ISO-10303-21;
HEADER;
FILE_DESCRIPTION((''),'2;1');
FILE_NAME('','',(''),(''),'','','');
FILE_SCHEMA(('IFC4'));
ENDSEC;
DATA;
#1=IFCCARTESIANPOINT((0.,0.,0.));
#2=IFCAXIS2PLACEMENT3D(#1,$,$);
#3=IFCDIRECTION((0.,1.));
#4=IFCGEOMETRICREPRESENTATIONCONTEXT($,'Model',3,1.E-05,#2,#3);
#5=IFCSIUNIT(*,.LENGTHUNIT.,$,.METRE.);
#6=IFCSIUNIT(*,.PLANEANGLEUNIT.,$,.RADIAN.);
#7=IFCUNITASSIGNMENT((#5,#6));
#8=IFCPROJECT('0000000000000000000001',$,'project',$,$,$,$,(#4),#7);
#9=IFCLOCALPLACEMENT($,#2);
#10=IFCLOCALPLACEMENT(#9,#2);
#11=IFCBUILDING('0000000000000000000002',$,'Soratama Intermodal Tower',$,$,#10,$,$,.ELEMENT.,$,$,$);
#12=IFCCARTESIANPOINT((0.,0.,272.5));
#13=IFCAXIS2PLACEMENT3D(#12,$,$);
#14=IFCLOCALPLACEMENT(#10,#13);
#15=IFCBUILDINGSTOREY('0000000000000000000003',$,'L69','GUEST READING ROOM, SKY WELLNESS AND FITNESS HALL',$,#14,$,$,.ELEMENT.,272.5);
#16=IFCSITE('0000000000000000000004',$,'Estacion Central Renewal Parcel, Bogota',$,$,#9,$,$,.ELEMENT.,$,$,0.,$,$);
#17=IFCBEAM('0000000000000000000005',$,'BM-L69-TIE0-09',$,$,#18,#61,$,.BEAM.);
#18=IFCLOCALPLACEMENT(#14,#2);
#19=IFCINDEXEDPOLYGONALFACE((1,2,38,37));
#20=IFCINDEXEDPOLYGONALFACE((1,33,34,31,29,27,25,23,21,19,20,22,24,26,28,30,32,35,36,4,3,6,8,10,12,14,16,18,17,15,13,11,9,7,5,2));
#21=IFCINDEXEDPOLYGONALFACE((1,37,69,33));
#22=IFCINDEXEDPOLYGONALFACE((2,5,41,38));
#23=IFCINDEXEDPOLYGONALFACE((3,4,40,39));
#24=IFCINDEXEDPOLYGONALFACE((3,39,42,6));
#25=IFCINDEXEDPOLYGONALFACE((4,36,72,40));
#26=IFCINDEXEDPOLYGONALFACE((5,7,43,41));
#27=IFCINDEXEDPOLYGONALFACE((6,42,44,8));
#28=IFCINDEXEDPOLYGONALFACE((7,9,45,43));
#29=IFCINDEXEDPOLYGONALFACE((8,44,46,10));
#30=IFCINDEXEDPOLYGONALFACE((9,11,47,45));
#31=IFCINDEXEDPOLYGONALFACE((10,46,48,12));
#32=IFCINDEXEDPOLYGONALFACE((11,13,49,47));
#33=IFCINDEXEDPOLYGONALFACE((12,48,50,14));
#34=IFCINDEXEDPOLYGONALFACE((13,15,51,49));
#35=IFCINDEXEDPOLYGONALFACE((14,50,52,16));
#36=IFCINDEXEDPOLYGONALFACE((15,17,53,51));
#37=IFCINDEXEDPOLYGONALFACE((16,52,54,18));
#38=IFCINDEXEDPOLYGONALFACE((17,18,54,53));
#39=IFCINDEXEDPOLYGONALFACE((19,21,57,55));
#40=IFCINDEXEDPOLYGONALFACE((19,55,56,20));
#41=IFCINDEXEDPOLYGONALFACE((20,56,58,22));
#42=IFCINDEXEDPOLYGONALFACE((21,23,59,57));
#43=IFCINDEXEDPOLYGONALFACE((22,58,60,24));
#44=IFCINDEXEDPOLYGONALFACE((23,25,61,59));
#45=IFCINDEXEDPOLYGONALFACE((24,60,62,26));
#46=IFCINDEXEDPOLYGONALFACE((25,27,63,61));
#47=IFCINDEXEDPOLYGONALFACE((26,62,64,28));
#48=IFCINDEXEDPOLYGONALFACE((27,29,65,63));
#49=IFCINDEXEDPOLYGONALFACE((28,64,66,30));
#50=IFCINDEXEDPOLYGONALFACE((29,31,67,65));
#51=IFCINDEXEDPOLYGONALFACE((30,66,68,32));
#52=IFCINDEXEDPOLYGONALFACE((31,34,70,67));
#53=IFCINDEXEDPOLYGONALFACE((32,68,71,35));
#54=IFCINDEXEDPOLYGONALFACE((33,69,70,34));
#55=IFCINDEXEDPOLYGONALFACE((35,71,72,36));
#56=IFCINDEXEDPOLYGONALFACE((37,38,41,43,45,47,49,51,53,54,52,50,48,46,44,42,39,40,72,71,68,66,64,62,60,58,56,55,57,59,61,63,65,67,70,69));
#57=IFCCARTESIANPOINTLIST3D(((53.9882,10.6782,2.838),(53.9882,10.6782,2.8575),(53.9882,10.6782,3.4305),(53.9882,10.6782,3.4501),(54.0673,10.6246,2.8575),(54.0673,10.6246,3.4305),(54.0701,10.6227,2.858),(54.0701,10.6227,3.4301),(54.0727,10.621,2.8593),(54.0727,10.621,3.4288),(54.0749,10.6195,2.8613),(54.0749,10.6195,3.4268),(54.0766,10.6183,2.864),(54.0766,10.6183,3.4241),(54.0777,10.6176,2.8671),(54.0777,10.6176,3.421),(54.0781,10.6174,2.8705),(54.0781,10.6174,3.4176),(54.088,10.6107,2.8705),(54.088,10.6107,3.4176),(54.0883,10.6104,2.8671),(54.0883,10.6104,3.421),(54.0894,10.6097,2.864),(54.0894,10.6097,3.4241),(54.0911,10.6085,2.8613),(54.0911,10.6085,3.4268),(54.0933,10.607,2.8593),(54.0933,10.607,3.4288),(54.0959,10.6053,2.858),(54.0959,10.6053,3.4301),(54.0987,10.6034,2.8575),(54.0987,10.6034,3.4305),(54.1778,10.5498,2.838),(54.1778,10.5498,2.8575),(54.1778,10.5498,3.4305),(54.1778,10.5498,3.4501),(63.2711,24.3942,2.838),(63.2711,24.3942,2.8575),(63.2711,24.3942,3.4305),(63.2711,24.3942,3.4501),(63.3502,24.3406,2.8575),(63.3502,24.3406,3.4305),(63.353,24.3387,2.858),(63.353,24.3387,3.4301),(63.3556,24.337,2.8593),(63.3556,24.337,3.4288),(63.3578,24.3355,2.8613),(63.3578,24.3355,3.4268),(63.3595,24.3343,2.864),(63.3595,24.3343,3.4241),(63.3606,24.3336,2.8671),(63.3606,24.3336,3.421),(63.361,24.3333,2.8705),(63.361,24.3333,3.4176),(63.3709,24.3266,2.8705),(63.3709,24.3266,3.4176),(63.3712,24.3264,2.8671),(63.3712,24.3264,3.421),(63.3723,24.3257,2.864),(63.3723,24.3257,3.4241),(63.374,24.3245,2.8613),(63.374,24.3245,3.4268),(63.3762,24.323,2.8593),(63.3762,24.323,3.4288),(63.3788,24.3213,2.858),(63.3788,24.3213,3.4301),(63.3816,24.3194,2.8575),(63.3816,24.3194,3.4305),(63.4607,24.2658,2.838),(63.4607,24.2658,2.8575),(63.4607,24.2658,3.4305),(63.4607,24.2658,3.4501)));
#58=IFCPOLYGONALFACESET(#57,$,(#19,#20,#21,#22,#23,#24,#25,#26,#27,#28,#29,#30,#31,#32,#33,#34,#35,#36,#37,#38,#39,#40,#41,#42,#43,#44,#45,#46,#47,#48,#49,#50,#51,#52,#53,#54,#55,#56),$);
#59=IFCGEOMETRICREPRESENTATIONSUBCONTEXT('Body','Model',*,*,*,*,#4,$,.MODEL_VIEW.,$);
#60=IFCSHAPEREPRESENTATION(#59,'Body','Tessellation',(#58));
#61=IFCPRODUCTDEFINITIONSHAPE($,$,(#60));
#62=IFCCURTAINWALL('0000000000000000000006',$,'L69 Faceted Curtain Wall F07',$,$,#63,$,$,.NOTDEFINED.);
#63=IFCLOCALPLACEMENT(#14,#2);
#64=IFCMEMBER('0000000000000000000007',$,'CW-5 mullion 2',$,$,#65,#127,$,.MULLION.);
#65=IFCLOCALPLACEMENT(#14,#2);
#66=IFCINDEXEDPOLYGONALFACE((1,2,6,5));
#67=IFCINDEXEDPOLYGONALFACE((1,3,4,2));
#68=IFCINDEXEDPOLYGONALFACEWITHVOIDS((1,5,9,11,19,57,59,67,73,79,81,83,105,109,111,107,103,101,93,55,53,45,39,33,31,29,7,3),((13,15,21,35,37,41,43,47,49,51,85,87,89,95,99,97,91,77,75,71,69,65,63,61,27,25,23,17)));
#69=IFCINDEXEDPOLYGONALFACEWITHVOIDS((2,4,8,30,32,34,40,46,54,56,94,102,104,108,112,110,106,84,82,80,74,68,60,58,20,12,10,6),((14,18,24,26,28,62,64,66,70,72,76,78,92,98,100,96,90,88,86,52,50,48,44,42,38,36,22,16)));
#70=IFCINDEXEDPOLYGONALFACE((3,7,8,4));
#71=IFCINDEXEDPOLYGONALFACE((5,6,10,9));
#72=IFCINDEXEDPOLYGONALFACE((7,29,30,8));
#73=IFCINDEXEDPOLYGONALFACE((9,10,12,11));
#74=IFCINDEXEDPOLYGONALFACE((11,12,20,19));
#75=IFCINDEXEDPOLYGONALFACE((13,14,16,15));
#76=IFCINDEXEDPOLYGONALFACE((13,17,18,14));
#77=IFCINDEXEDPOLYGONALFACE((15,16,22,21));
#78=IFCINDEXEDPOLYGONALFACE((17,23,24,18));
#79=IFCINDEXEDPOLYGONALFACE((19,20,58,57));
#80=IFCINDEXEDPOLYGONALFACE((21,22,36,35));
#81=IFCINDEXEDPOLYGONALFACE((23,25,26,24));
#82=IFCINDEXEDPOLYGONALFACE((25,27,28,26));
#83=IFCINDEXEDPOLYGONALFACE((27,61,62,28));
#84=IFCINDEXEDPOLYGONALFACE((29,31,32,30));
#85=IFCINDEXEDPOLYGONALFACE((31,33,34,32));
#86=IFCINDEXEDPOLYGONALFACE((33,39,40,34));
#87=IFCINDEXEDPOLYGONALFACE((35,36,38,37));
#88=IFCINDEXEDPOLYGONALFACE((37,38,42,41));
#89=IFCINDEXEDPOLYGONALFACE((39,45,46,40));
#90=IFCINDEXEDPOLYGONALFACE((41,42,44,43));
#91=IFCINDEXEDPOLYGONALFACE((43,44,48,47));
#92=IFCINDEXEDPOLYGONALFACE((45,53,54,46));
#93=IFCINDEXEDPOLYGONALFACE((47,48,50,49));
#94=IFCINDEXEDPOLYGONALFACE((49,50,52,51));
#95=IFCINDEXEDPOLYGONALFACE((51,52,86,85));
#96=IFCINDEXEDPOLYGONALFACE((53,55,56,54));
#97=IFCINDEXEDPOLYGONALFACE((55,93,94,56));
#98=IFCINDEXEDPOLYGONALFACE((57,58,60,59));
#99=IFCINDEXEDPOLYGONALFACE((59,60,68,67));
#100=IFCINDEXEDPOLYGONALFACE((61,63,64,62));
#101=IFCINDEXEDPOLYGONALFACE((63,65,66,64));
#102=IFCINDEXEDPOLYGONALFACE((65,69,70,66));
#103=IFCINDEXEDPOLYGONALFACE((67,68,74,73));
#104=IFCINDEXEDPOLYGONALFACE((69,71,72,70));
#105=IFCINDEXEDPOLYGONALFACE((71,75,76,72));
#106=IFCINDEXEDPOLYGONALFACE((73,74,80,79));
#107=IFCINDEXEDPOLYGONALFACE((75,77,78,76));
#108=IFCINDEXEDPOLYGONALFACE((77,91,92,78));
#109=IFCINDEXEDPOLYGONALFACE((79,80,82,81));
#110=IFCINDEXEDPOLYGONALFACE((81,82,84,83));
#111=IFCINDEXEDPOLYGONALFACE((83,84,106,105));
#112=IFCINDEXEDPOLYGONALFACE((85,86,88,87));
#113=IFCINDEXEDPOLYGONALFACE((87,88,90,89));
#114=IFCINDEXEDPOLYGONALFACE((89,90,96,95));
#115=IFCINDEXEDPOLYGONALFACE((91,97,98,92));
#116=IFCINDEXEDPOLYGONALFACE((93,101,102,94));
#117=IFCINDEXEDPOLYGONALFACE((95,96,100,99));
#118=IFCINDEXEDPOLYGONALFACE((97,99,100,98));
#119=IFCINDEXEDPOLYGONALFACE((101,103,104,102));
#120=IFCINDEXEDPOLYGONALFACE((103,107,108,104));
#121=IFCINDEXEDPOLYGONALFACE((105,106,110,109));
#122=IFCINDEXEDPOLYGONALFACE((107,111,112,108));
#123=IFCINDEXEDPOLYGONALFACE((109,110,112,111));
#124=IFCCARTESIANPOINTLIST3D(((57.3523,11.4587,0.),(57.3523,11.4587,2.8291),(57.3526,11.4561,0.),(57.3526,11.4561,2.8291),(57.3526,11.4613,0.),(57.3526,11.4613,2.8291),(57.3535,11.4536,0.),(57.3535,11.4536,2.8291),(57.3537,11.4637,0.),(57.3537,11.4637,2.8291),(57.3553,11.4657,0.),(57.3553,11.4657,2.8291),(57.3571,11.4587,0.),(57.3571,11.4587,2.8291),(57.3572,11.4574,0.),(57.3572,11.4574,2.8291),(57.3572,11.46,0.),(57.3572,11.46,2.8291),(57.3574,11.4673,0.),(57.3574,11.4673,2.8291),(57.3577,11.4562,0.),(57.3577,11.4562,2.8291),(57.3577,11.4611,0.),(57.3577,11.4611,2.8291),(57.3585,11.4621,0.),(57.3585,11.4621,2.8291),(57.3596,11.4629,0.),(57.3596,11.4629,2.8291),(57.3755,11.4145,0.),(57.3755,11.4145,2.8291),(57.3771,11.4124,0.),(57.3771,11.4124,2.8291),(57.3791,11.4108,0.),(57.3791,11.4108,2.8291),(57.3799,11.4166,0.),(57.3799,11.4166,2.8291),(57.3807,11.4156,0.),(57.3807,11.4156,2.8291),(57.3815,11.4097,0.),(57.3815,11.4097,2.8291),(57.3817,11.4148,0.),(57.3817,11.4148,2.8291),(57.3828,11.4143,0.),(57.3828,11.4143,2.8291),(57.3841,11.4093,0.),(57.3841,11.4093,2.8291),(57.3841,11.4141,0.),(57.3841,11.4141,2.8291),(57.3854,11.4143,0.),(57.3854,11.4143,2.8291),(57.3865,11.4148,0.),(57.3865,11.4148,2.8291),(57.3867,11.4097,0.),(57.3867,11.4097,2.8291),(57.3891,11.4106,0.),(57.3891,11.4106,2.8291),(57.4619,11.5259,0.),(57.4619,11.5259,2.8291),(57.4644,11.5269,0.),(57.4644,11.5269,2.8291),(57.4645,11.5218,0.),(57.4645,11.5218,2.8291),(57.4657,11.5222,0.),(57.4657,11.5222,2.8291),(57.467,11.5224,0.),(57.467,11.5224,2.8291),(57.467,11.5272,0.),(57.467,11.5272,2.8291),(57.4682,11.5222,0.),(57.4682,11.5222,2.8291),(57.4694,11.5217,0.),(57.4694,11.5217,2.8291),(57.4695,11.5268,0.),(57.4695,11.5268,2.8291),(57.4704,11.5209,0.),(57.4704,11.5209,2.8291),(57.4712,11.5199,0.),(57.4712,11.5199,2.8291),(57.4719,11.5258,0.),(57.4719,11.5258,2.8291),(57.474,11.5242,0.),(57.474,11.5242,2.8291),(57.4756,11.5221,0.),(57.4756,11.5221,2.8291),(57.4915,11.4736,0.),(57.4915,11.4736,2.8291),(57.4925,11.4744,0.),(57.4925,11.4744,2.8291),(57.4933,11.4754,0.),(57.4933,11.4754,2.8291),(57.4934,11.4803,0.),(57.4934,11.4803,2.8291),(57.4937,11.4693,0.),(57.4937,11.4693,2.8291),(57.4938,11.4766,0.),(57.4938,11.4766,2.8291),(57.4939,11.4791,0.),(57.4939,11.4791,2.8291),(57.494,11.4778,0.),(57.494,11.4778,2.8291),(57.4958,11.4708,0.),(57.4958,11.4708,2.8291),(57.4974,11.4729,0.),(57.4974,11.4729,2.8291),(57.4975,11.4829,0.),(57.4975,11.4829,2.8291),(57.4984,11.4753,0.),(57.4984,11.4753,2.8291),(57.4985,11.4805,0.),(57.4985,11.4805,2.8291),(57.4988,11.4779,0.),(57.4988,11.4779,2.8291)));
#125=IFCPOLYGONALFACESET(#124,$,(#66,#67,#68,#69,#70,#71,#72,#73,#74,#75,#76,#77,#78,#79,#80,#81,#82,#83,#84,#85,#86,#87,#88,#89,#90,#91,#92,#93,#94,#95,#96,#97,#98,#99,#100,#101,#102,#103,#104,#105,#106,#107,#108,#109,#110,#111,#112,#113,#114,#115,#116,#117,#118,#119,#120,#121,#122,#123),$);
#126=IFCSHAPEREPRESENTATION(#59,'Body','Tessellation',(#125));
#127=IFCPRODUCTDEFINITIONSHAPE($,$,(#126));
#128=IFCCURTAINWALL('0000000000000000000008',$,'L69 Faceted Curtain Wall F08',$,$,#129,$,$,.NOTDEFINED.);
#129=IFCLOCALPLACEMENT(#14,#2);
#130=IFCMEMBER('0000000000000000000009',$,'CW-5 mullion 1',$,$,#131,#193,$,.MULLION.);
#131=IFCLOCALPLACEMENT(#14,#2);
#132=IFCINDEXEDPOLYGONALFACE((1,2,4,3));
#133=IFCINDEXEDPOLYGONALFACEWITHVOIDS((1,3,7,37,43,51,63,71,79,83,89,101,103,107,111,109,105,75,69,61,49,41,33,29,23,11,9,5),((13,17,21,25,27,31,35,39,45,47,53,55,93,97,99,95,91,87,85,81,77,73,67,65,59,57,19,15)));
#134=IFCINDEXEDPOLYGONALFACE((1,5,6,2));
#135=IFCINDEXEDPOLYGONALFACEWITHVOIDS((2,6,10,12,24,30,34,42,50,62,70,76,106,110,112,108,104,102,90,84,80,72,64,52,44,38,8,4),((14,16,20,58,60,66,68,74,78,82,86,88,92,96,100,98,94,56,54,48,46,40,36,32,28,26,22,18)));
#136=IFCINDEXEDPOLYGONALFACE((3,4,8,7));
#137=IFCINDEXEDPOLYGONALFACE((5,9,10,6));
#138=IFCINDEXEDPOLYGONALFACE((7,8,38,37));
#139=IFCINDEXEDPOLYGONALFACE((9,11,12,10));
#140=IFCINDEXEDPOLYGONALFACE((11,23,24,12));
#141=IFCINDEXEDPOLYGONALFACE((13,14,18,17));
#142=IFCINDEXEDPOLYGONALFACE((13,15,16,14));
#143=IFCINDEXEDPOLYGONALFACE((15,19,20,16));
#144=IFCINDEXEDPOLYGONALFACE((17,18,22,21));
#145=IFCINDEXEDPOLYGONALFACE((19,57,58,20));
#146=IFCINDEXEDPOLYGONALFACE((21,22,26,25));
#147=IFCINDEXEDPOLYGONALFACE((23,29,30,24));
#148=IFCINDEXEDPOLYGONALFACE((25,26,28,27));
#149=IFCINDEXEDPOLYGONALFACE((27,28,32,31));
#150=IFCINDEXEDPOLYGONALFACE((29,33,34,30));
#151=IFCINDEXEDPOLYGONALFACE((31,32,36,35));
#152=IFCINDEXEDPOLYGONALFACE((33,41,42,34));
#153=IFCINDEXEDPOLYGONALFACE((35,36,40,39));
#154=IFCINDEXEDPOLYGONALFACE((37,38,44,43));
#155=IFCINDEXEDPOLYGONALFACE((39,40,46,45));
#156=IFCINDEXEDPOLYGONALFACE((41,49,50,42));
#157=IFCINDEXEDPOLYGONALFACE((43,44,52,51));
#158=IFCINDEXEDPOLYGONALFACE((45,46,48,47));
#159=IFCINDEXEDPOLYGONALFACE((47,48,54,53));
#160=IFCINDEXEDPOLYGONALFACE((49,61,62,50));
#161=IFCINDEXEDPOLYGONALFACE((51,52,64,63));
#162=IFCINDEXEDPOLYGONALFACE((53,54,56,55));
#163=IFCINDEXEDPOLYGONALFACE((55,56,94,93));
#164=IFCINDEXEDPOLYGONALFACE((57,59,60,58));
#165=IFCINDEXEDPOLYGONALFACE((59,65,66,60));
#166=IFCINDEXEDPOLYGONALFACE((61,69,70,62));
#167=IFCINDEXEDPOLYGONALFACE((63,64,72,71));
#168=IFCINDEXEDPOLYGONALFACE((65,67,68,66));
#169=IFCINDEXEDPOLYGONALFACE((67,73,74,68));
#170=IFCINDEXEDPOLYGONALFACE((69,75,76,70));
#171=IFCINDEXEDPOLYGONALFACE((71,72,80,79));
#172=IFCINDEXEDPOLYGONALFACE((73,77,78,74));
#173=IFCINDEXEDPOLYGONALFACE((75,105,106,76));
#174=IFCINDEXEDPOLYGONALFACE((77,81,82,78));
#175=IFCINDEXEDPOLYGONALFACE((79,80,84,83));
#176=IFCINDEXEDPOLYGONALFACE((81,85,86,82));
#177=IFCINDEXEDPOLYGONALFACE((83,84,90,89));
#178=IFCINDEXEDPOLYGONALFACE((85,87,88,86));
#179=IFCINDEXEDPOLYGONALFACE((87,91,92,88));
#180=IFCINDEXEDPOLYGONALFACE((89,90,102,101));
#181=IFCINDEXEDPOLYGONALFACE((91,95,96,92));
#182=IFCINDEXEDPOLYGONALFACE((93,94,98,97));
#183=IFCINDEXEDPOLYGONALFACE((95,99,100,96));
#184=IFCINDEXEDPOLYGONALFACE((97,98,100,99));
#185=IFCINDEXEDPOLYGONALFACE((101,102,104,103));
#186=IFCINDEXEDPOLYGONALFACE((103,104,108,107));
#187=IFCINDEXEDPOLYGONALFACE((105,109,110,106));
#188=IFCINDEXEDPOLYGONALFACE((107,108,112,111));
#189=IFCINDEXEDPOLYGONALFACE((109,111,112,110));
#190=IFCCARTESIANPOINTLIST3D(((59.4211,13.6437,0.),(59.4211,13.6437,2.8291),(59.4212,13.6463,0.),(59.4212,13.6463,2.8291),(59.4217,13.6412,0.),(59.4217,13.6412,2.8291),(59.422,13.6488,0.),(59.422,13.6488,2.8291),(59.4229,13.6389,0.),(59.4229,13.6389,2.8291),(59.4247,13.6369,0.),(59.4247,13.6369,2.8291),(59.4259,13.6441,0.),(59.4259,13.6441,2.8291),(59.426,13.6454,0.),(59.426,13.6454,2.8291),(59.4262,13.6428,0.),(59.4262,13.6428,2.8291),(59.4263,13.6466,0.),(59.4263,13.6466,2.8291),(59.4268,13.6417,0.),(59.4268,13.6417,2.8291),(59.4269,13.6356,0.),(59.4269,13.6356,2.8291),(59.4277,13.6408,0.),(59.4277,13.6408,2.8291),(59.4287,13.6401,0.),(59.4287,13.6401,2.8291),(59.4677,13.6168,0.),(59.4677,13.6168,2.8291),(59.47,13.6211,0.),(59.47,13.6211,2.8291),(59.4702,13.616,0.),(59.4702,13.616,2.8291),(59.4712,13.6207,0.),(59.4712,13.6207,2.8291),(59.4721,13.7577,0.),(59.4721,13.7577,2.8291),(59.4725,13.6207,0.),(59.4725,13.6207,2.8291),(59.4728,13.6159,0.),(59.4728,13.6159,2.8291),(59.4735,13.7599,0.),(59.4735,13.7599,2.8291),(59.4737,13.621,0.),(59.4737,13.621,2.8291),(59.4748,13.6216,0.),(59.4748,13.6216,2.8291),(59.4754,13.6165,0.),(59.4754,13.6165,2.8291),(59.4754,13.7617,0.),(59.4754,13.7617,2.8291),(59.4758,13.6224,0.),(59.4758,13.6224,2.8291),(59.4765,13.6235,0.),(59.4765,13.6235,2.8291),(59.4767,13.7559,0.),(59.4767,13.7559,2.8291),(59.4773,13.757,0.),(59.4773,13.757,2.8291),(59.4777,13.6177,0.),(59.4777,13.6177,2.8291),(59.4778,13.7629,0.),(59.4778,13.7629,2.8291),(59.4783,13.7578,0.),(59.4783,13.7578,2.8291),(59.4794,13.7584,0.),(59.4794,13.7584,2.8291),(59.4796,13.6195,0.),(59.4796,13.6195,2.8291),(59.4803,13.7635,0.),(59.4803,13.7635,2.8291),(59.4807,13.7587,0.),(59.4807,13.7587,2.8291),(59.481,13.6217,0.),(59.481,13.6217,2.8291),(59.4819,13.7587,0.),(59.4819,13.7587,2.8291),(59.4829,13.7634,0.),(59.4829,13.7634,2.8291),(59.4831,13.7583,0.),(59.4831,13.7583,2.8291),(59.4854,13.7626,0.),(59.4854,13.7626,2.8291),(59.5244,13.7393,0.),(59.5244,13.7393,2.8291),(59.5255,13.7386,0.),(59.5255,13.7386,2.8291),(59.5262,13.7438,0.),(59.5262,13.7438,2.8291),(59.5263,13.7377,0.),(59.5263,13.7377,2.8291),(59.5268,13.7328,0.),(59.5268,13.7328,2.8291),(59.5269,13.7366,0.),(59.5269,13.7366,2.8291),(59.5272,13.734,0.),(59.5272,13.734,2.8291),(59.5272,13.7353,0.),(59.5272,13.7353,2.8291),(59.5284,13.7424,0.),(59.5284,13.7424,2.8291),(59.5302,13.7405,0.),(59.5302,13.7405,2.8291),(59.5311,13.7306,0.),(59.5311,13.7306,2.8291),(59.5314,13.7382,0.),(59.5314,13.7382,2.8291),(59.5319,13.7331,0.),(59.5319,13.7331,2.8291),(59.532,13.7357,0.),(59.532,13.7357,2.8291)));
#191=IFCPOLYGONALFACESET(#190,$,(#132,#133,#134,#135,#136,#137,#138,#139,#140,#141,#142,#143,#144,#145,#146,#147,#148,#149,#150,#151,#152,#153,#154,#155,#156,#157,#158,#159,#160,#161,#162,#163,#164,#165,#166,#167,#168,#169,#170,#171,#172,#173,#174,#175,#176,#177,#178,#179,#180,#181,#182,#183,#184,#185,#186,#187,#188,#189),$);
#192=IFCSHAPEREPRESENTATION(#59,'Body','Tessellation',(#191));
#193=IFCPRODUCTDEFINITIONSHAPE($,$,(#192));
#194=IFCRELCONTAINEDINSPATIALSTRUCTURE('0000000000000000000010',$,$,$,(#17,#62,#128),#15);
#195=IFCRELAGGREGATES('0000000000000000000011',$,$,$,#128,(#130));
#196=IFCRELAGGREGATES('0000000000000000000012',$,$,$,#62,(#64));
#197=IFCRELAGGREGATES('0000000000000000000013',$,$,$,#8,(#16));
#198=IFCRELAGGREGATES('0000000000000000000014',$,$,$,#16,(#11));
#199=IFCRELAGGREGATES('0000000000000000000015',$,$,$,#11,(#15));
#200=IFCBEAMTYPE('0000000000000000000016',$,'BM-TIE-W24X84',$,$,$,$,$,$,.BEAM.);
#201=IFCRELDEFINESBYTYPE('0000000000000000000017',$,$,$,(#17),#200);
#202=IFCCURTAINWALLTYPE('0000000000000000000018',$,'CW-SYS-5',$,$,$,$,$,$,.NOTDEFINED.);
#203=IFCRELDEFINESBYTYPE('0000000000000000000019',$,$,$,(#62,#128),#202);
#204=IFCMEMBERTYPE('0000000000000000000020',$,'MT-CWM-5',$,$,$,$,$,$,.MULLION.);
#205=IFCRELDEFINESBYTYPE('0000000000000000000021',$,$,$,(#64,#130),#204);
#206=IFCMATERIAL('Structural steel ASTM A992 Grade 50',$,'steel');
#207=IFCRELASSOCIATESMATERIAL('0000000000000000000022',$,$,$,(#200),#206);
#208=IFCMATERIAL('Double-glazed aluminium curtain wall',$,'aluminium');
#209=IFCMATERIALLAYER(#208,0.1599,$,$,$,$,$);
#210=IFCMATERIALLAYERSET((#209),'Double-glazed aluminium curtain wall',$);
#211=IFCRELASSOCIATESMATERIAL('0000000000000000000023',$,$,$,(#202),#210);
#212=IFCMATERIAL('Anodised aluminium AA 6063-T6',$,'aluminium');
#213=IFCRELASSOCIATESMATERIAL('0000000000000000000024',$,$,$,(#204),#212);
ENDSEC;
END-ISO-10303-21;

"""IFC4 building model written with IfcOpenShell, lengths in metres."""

from ifc_helpers import new_model, si_unit, direction, frame, origin, origin_2d, place, context, subcontext, project, spatial, hollow_rectangle, i_section, extrude, material, layer, layer_set, material_profile, profile_set, type_object, element, aggregate, save


model = new_model("IFC4")

# Units and contexts
model_context = context("Model", 3, precision=1e-05, world=origin(), true_north=direction((0.0, 1.0)))
body_context = subcontext(model_context, "Body", "Model", "MODEL_VIEW")
ifc_project = project(units=[si_unit("LENGTHUNIT", "METRE"), si_unit("PLANEANGLEUNIT", "RADIAN")], contexts=[model_context])

# Site, building, storey
site_placement = place(None, origin())
site = spatial("IfcSite", under=ifc_project, at=site_placement, Name="Estacion Central Renewal Parcel, Bogota", CompositionType="ELEMENT", RefElevation=0.0)
building_placement = place(site_placement, origin())
building = spatial("IfcBuilding", under=site, at=building_placement, Name="Soratama Intermodal Tower", CompositionType="ELEMENT")
storey_placement = place(building_placement, frame((0.0, 0.0, 272.5)))
storey = spatial("IfcBuildingStorey", under=building, at=storey_placement, Name="L69", Description="GUEST READING ROOM, SKY WELLNESS AND FITNESS HALL", CompositionType="ELEMENT", Elevation=272.5)

# Beam
ifc_material_1 = material(Name="Structural steel ASTM A992 Grade 50", Category="steel")
ifc_material_profile_1 = material_profile(ifc_material_1, i_section(OverallWidth=0.229, OverallDepth=0.6121, WebThickness=0.012, FlangeThickness=0.0195, FilletRadius=0.0129, at=origin_2d()), Name="W24X84")
ifc_profile_set_1 = profile_set([ifc_material_profile_1], Name="Structural steel ASTM A992 Grade 50")
beam_type_1 = type_object("IfcBeamType", Name="BM-TIE-W24X84", PredefinedType="BEAM", material=ifc_profile_set_1)
beam_1_placement = place(storey_placement, frame((54.083, 10.614, 3.144), z_axis=(0.560493, 0.828159, 0.0), x_axis=(-0.828159, 0.560493, 0.0)))
element("IfcBeam", 1, at=beam_1_placement, inside=storey, type_object=beam_type_1, Name="BM-L69-TIE0-09", PredefinedType="BEAM", context=body_context, shape_type="SweptSolid", body=[
    extrude(i_section(OverallWidth=0.229, OverallDepth=0.6121, WebThickness=0.012, FlangeThickness=0.0195, FilletRadius=0.0129, at=origin_2d()), origin(), (0.0, 0.0, 1.0), 16.562),
])

# Curtain walls, members
ifc_material_2 = material(Name="Double-glazed aluminium curtain wall", Category="aluminium")
ifc_layer_1 = layer(ifc_material_2, 0.1599)
ifc_layer_set_1 = layer_set([ifc_layer_1], Name="Double-glazed aluminium curtain wall")
curtain_wall_type = type_object("IfcCurtainWallType", Name="CW-SYS-5", PredefinedType="NOTDEFINED", material=ifc_layer_set_1)
curtain_wall_1_placement = place(storey_placement, origin())
curtain_wall_1 = element("IfcCurtainWall", 2, at=curtain_wall_1_placement, inside=storey, type_object=curtain_wall_type, Name="L69 Faceted Curtain Wall F07", PredefinedType="NOTDEFINED")
ifc_material_3 = material(Name="Anodised aluminium AA 6063-T6", Category="aluminium")
ifc_material_profile_2 = material_profile(ifc_material_3, hollow_rectangle(XDim=0.0649, YDim=0.1399, WallThickness=0.0049, InnerFilletRadius=0.0049, OuterFilletRadius=0.01, at=origin_2d()), Name="CWM140X65X5")
ifc_profile_set_2 = profile_set([ifc_material_profile_2], Name="Anodised aluminium AA 6063-T6")
member_type_1 = type_object("IfcMemberType", Name="MT-CWM-5", PredefinedType="MULLION", material=ifc_profile_set_2)
member_1_placement = place(storey_placement, frame((57.4255, 11.4683, 0.0), z_axis=(0.0, 0.0, 1.0), x_axis=(-0.489079, 0.872239, 0.0)))
member_1 = element("IfcMember", 3, at=member_1_placement, type_object=member_type_1, Name="CW-5 mullion 2", PredefinedType="MULLION", context=body_context, shape_type="SweptSolid", body=[
    extrude(hollow_rectangle(XDim=0.0649, YDim=0.1399, WallThickness=0.0049, InnerFilletRadius=0.0049, OuterFilletRadius=0.01, at=origin_2d()), origin(), (0.0, 0.0, 1.0), 2.8291),
])
curtain_wall_2_placement = place(storey_placement, origin())
curtain_wall_2 = element("IfcCurtainWall", 4, at=curtain_wall_2_placement, inside=storey, type_object=curtain_wall_type, Name="L69 Faceted Curtain Wall F08", PredefinedType="NOTDEFINED")
member_2_placement = place(storey_placement, frame((59.4766, 13.6897, 0.0), z_axis=(0.0, 0.0, 1.0), x_axis=(-0.908361, 0.418186, 0.0)))
member_2 = element("IfcMember", 5, at=member_2_placement, type_object=member_type_1, Name="CW-5 mullion 1", PredefinedType="MULLION", context=body_context, shape_type="SweptSolid", body=[
    extrude(hollow_rectangle(XDim=0.0649, YDim=0.1399, WallThickness=0.0049, InnerFilletRadius=0.0049, OuterFilletRadius=0.01, at=origin_2d()), origin(), (0.0, 0.0, 1.0), 2.8291),
])

aggregate(curtain_wall_2, [member_2])

aggregate(curtain_wall_1, [member_1])

save(model, "model.ifc")
